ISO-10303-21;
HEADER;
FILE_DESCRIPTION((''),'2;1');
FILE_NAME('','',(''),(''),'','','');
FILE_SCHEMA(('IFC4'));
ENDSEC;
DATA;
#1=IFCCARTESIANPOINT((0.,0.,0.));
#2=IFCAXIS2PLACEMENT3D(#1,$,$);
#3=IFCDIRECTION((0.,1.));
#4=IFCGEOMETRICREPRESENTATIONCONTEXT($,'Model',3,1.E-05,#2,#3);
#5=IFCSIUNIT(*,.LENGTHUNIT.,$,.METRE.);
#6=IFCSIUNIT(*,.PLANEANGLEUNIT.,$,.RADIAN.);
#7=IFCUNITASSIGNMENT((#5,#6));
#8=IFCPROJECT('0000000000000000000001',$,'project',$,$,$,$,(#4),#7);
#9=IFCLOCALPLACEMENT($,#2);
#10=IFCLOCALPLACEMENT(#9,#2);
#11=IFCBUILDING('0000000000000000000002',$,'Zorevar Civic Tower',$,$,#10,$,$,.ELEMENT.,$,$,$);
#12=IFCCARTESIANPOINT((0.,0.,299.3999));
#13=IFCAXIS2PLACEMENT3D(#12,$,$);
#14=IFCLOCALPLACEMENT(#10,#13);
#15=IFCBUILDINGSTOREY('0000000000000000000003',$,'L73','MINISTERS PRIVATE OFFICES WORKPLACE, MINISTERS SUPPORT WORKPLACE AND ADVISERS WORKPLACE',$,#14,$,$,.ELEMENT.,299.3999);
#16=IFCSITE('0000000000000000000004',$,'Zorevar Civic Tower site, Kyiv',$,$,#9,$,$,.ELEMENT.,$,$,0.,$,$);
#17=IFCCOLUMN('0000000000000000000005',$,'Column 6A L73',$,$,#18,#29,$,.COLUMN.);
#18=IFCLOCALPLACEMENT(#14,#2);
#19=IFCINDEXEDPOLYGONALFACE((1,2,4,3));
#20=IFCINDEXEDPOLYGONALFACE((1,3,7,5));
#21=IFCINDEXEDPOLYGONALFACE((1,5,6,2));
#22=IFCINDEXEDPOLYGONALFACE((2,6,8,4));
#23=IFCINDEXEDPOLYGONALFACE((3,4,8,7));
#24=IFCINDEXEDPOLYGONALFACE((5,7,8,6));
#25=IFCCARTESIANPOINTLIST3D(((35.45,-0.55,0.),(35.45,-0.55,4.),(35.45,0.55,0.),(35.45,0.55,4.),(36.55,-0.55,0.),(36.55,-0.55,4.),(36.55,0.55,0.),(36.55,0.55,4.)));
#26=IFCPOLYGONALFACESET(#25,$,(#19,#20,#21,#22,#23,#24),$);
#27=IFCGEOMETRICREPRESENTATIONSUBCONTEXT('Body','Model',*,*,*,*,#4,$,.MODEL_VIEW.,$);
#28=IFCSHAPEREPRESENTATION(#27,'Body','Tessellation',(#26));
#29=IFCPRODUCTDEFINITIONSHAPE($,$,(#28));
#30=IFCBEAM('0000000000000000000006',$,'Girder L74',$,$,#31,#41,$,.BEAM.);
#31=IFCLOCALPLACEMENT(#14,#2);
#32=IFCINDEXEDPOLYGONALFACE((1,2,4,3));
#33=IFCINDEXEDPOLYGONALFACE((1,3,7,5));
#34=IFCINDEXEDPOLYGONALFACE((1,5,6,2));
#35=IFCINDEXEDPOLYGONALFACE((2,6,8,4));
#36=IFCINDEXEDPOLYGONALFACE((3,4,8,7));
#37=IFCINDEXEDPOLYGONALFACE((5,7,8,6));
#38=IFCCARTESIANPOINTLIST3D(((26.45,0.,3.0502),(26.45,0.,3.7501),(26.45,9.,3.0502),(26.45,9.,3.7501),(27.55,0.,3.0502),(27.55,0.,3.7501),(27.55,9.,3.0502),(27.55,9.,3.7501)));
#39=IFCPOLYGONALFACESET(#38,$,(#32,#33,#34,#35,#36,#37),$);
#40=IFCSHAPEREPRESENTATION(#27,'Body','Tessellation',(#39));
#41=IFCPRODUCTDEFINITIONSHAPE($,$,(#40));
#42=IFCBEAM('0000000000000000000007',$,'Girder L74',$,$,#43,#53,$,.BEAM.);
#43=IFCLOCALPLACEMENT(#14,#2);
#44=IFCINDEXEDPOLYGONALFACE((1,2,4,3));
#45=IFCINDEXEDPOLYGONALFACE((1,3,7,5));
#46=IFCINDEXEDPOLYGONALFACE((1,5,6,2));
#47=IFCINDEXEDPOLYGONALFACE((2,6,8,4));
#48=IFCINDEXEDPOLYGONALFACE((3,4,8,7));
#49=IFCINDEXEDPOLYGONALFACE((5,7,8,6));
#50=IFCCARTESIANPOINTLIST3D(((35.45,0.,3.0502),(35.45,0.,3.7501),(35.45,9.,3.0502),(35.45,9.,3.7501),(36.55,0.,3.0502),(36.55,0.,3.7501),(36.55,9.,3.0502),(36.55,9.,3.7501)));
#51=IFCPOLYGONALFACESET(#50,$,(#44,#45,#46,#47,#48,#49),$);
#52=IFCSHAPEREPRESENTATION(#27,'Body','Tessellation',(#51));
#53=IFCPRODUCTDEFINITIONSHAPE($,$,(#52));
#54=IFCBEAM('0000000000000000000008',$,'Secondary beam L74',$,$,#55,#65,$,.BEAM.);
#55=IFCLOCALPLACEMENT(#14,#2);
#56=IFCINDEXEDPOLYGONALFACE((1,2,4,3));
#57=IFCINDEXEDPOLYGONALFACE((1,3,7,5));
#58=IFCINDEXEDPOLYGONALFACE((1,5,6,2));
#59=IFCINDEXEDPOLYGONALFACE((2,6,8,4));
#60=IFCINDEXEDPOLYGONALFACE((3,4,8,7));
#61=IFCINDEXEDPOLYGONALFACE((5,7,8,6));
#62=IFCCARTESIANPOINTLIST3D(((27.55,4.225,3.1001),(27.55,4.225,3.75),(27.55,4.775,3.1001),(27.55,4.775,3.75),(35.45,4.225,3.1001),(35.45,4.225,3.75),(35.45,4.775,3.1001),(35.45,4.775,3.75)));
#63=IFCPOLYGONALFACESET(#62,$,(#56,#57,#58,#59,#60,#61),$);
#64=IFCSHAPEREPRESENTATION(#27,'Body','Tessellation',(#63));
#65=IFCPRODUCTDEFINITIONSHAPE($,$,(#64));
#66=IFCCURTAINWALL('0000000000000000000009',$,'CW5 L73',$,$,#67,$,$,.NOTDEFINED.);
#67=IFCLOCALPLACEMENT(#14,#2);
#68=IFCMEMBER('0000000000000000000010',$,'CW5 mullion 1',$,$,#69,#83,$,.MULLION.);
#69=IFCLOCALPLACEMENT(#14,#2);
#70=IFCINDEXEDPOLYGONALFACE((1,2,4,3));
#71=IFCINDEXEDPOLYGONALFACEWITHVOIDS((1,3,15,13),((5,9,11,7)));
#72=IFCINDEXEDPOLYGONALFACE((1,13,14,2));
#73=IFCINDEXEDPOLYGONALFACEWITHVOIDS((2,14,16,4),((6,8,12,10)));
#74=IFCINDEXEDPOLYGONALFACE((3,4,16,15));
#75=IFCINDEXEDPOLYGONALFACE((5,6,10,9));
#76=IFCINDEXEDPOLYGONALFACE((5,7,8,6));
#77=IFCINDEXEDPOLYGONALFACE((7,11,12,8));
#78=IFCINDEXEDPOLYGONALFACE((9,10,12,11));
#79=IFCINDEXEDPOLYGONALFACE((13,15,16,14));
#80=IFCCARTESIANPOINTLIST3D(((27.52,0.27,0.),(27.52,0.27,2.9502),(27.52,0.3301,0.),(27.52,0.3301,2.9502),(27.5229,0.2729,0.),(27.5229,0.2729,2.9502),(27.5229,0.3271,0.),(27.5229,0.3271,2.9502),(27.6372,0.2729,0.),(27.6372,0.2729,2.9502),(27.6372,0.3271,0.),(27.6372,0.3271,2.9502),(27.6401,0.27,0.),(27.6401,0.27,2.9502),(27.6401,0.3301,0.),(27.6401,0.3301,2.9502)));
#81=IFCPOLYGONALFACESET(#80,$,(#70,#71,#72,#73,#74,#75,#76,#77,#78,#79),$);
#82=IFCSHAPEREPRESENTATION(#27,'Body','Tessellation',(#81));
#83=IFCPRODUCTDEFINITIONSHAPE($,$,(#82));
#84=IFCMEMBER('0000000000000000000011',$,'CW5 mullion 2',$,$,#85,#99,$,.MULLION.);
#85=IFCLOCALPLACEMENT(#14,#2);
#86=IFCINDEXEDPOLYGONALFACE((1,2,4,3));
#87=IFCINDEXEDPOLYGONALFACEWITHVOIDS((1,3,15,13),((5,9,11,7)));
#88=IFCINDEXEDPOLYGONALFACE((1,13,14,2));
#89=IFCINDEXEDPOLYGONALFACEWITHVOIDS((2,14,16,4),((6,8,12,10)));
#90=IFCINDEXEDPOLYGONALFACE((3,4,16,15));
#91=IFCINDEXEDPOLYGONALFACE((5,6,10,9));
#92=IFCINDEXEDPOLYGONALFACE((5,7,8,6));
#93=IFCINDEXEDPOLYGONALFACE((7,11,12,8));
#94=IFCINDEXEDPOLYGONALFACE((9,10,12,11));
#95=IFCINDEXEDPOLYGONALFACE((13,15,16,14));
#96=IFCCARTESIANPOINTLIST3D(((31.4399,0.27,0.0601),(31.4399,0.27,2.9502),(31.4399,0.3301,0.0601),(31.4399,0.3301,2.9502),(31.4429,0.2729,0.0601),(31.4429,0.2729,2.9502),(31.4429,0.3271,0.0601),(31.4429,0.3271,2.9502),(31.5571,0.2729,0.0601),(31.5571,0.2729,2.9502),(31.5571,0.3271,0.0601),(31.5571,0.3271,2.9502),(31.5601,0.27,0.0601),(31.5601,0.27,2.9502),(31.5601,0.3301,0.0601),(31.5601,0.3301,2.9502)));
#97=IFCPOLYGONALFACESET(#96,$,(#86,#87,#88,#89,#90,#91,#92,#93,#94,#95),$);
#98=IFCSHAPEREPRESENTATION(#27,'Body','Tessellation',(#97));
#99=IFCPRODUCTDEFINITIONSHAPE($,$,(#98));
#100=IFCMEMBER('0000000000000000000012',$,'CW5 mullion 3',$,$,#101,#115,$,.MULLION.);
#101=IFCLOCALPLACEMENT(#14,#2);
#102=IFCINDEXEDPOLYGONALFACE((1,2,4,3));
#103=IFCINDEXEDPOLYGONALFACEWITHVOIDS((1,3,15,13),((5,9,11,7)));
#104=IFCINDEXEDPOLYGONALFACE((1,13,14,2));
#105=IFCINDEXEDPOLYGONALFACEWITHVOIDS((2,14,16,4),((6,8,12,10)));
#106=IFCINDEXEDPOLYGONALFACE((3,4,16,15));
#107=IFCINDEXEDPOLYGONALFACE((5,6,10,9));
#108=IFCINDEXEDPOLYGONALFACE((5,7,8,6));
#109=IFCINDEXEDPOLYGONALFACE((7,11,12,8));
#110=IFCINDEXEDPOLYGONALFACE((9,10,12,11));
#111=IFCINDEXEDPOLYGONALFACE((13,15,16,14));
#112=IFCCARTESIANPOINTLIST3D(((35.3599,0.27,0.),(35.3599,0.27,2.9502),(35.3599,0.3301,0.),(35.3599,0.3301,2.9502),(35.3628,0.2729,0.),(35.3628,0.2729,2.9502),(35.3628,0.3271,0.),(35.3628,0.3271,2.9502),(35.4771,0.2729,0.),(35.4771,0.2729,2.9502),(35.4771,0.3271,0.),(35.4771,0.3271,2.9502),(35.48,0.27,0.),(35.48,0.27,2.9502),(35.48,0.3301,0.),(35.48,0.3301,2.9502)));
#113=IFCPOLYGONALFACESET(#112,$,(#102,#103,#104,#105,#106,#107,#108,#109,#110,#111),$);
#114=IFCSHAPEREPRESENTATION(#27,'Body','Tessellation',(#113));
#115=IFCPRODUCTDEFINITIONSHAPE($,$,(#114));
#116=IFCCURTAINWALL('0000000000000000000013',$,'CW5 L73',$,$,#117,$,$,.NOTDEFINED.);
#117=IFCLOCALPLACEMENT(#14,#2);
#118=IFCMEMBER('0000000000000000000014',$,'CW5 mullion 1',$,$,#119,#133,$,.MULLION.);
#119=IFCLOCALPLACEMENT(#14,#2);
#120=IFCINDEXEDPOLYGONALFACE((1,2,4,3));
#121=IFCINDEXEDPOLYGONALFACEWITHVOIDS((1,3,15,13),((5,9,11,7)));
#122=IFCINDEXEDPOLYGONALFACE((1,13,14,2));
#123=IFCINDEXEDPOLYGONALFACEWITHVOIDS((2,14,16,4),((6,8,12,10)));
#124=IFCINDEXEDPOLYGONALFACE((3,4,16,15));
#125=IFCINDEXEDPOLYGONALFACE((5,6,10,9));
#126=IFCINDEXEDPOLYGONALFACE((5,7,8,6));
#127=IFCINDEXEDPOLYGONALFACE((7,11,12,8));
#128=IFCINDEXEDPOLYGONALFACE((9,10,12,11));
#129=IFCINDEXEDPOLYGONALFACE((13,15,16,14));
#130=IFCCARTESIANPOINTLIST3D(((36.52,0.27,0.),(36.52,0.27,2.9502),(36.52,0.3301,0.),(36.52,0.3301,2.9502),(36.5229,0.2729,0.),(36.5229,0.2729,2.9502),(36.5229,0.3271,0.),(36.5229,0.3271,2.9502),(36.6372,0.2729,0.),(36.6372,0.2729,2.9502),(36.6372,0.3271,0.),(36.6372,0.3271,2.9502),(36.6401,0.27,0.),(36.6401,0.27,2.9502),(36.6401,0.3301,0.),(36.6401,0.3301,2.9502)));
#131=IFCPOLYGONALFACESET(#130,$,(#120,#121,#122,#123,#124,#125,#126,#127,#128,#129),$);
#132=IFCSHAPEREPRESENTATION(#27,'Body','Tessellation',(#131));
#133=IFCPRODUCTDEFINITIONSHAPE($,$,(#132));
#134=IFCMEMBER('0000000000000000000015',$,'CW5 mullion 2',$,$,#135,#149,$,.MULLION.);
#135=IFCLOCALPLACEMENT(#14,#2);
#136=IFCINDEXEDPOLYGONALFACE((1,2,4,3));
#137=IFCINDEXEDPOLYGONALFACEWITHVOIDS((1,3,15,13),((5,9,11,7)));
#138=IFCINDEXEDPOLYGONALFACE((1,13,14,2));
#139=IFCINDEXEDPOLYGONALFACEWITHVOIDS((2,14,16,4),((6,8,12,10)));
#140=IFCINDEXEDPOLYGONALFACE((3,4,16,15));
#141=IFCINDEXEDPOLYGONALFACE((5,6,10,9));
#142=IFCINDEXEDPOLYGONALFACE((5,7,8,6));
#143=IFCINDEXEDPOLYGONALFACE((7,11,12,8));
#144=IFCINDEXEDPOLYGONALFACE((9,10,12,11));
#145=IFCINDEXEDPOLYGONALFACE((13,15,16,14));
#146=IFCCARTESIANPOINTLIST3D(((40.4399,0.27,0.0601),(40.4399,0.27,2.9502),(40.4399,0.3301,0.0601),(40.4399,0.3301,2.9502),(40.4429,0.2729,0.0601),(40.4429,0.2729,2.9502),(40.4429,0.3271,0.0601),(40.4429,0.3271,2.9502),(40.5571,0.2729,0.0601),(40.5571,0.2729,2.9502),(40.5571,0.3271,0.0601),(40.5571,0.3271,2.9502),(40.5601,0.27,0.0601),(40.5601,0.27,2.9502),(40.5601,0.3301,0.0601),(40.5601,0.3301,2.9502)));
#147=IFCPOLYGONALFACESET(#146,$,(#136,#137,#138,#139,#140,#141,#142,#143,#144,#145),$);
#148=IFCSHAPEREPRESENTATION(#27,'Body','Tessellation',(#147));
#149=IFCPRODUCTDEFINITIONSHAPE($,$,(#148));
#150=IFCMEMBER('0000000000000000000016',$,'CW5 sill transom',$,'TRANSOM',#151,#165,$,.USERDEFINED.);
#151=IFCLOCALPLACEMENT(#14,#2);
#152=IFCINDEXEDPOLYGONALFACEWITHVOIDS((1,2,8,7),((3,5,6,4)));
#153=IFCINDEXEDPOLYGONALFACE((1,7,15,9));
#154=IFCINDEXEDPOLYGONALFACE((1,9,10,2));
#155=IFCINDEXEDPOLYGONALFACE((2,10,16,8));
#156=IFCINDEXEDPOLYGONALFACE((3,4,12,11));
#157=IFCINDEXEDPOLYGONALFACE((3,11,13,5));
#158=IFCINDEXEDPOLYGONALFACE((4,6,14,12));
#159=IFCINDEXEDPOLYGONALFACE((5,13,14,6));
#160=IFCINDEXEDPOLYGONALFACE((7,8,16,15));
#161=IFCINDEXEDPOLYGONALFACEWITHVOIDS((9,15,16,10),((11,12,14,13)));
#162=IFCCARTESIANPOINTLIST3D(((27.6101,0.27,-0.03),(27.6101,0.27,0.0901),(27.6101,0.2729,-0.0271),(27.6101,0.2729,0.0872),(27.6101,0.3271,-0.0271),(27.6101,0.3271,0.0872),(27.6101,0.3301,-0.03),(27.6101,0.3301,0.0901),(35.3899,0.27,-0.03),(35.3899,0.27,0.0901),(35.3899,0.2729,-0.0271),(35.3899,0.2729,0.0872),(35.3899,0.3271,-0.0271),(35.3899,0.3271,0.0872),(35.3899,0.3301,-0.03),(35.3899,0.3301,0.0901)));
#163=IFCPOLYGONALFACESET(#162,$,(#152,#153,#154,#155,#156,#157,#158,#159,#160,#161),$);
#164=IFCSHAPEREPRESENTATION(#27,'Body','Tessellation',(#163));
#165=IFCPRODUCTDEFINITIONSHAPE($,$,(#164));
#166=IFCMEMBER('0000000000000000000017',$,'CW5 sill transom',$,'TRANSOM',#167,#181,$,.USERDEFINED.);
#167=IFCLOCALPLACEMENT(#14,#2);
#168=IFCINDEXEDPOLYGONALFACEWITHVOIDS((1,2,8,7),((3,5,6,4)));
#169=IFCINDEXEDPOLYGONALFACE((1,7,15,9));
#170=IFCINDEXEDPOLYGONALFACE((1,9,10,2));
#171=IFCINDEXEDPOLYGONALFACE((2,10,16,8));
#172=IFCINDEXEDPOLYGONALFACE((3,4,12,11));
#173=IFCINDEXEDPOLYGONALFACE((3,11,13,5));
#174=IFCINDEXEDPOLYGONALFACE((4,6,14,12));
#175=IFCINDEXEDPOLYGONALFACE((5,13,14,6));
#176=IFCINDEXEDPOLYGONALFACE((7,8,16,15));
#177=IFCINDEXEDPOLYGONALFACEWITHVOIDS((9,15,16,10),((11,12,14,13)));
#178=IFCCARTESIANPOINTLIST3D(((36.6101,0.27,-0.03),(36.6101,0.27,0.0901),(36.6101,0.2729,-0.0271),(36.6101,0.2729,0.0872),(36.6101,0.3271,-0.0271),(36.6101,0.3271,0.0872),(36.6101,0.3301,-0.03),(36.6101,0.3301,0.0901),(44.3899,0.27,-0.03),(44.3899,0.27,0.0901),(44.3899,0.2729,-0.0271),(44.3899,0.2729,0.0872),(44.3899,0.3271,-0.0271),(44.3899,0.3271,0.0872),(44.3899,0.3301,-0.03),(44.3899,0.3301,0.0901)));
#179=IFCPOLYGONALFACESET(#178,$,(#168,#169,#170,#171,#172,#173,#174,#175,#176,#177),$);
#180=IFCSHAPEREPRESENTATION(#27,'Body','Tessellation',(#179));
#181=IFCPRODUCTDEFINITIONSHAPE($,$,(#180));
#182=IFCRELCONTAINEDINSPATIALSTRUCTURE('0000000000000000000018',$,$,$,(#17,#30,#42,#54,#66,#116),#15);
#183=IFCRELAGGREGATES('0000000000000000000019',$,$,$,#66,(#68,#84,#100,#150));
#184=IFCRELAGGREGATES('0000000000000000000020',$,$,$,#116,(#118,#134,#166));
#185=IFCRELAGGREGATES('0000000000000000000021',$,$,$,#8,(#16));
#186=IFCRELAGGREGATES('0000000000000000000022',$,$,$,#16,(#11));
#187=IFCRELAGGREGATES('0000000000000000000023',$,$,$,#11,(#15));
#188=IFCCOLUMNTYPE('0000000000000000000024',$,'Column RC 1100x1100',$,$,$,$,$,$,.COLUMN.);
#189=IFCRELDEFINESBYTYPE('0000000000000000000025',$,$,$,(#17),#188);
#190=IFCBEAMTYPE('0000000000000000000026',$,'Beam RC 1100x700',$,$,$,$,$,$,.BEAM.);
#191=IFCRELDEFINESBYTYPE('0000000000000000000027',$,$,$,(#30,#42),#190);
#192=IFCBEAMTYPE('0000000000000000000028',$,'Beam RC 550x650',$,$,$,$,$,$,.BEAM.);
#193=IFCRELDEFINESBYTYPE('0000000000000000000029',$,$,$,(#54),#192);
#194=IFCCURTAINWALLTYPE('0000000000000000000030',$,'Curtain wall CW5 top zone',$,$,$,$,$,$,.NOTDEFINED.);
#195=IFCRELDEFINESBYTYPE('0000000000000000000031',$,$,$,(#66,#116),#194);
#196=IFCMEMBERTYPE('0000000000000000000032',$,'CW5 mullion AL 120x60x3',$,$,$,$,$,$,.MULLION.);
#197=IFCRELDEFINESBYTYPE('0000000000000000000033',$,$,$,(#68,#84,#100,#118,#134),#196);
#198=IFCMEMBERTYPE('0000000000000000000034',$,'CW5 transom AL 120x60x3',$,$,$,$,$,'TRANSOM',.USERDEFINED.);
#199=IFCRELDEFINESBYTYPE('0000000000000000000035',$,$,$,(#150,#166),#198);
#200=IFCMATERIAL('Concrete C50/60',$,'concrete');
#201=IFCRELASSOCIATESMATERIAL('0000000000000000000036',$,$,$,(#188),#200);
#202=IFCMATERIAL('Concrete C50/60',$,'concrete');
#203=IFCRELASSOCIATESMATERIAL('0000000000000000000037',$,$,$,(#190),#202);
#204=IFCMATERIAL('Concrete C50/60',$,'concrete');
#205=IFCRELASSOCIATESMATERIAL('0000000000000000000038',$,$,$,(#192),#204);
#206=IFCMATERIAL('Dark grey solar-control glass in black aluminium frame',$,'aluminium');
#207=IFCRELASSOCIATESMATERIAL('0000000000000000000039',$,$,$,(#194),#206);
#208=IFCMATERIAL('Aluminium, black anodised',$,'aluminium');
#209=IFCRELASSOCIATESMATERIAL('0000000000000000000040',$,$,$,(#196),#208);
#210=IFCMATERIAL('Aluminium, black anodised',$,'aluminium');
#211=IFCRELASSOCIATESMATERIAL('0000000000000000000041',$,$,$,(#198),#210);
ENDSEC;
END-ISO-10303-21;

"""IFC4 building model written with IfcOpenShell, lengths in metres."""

from ifc_helpers import new_model, si_unit, direction, frame, origin, origin_2d, place, context, subcontext, project, spatial, rectangle, hollow_rectangle, extrude, material, material_profile, profile_set, type_object, element, aggregate, save


model = new_model("IFC4")

# Units and contexts
model_context = context("Model", 3, precision=1e-05, world=origin(), true_north=direction((0.0, 1.0)))
body_context = subcontext(model_context, "Body", "Model", "MODEL_VIEW")
ifc_project = project(units=[si_unit("LENGTHUNIT", "METRE"), si_unit("PLANEANGLEUNIT", "RADIAN")], contexts=[model_context])

# Site, building, storey
site_placement = place(None, origin())
site = spatial("IfcSite", under=ifc_project, at=site_placement, Name="Zorevar Civic Tower site, Kyiv", CompositionType="ELEMENT", RefElevation=0.0)
building_placement = place(site_placement, origin())
building = spatial("IfcBuilding", under=site, at=building_placement, Name="Zorevar Civic Tower", CompositionType="ELEMENT")
storey_placement = place(building_placement, frame((0.0, 0.0, 299.3999)))
storey = spatial("IfcBuildingStorey", under=building, at=storey_placement, Name="L73", Description="MINISTERS PRIVATE OFFICES WORKPLACE, MINISTERS SUPPORT WORKPLACE AND ADVISERS WORKPLACE", CompositionType="ELEMENT", Elevation=299.3999)

# Column
ifc_material_1 = material(Name="Concrete C50/60", Category="concrete")
ifc_material_profile_1 = material_profile(ifc_material_1, rectangle(XDim=1.1001, YDim=1.1001, at=origin_2d()), Name="RC 1100x1100")
ifc_profile_set_1 = profile_set([ifc_material_profile_1], Name="Concrete C50/60")
column_type = type_object("IfcColumnType", Name="Column RC 1100x1100", PredefinedType="COLUMN", material=ifc_profile_set_1)
column_placement = place(storey_placement, frame((36.0, 0.0, 0.0), z_axis=(0.0, 0.0, 1.0), x_axis=(1.0, 0.0, 0.0)))
element("IfcColumn", 1, at=column_placement, inside=storey, type_object=column_type, Name="Column 6A L73", PredefinedType="COLUMN", context=body_context, shape_type="SweptSolid", body=[
    extrude(rectangle(XDim=1.1001, YDim=1.1001, at=origin_2d()), origin(), (0.0, 0.0, 1.0), 4.0),
])

# Beams
ifc_material_2 = material(Name="Concrete C50/60", Category="concrete")
ifc_material_profile_2 = material_profile(ifc_material_2, rectangle(XDim=1.1001, YDim=0.7, at=origin_2d()), Name="RC 1100x700")
ifc_profile_set_2 = profile_set([ifc_material_profile_2], Name="Concrete C50/60")
beam_type_1 = type_object("IfcBeamType", Name="Beam RC 1100x700", PredefinedType="BEAM", material=ifc_profile_set_2)
for number, where, z_axis, x_axis, name in (
    (2, (27.0, 0.0, 3.4001), (0.0, 1.0, 0.0), (-1.0, 0.0, 0.0), "Girder L74"),
    (3, (36.0, 0.0, 3.4001), (0.0, 1.0, 0.0), (-1.0, 0.0, 0.0), "Girder L74"),
):
    element("IfcBeam", number, at=place(storey_placement, frame(where, z_axis=z_axis, x_axis=x_axis)), inside=storey, type_object=beam_type_1, Name=name, PredefinedType="BEAM", context=body_context, shape_type="SweptSolid", body=[
        extrude(rectangle(XDim=1.1001, YDim=0.7, at=origin_2d()), origin(), (0.0, 0.0, 1.0), 9.0),
    ])
ifc_material_3 = material(Name="Concrete C50/60", Category="concrete")
ifc_material_profile_3 = material_profile(ifc_material_3, rectangle(XDim=0.55, YDim=0.6499, at=origin_2d()), Name="RC 550x650")
ifc_profile_set_3 = profile_set([ifc_material_profile_3], Name="Concrete C50/60")
beam_type_2 = type_object("IfcBeamType", Name="Beam RC 550x650", PredefinedType="BEAM", material=ifc_profile_set_3)
beam_1_placement = place(storey_placement, frame((27.55, 4.5, 3.425), z_axis=(1.0, 0.0, 0.0), x_axis=(0.0, 1.0, 0.0)))
element("IfcBeam", 4, at=beam_1_placement, inside=storey, type_object=beam_type_2, Name="Secondary beam L74", PredefinedType="BEAM", context=body_context, shape_type="SweptSolid", body=[
    extrude(rectangle(XDim=0.55, YDim=0.6499, at=origin_2d()), origin(), (0.0, 0.0, 1.0), 7.8999),
])

# Curtain walls, members
ifc_material_4 = material(Name="Dark grey solar-control glass in black aluminium frame", Category="aluminium")
curtain_wall_type = type_object("IfcCurtainWallType", Name="Curtain wall CW5 top zone", PredefinedType="NOTDEFINED", material=ifc_material_4)
curtain_wall_1_placement = place(storey_placement, origin())
curtain_wall_1 = element("IfcCurtainWall", 5, at=curtain_wall_1_placement, inside=storey, type_object=curtain_wall_type, Name="CW5 L73", PredefinedType="NOTDEFINED")
ifc_material_5 = material(Name="Aluminium, black anodised", Category="aluminium")
ifc_material_profile_4 = material_profile(ifc_material_5, hollow_rectangle(XDim=0.0601, YDim=0.1201, WallThickness=0.0029, at=origin_2d()), Name="AL 120x60x3")
ifc_profile_set_4 = profile_set([ifc_material_profile_4], Name="Aluminium, black anodised")
member_type_1 = type_object("IfcMemberType", Name="CW5 mullion AL 120x60x3", PredefinedType="MULLION", material=ifc_profile_set_4)
member_1_placement = place(storey_placement, frame((27.5801, 0.3, 0.0), z_axis=(0.0, 0.0, 1.0), x_axis=(0.0, 1.0, 0.0)))
member_1 = element("IfcMember", 6, at=member_1_placement, type_object=member_type_1, Name="CW5 mullion 1", PredefinedType="MULLION", context=body_context, shape_type="SweptSolid", body=[
    extrude(hollow_rectangle(XDim=0.0601, YDim=0.1201, WallThickness=0.0029, at=origin_2d()), origin(), (0.0, 0.0, 1.0), 2.9502),
])
member_2_placement = place(storey_placement, frame((31.5, 0.3, 0.0601), z_axis=(0.0, 0.0, 1.0), x_axis=(0.0, 1.0, 0.0)))
member_2 = element("IfcMember", 7, at=member_2_placement, type_object=member_type_1, Name="CW5 mullion 2", PredefinedType="MULLION", context=body_context, shape_type="SweptSolid", body=[
    extrude(hollow_rectangle(XDim=0.0601, YDim=0.1201, WallThickness=0.0029, at=origin_2d()), origin(), (0.0, 0.0, 1.0), 2.8901),
])
member_3_placement = place(storey_placement, frame((35.4199, 0.3, 0.0), z_axis=(0.0, 0.0, 1.0), x_axis=(0.0, 1.0, 0.0)))
member_3 = element("IfcMember", 8, at=member_3_placement, type_object=member_type_1, Name="CW5 mullion 3", PredefinedType="MULLION", context=body_context, shape_type="SweptSolid", body=[
    extrude(hollow_rectangle(XDim=0.0601, YDim=0.1201, WallThickness=0.0029, at=origin_2d()), origin(), (0.0, 0.0, 1.0), 2.9502),
])
curtain_wall_2_placement = place(storey_placement, origin())
curtain_wall_2 = element("IfcCurtainWall", 9, at=curtain_wall_2_placement, inside=storey, type_object=curtain_wall_type, Name="CW5 L73", PredefinedType="NOTDEFINED")
member_4_placement = place(storey_placement, frame((36.5801, 0.3, 0.0), z_axis=(0.0, 0.0, 1.0), x_axis=(0.0, 1.0, 0.0)))
member_4 = element("IfcMember", 10, at=member_4_placement, type_object=member_type_1, Name="CW5 mullion 1", PredefinedType="MULLION", context=body_context, shape_type="SweptSolid", body=[
    extrude(hollow_rectangle(XDim=0.0601, YDim=0.1201, WallThickness=0.0029, at=origin_2d()), origin(), (0.0, 0.0, 1.0), 2.9502),
])
member_5_placement = place(storey_placement, frame((40.5, 0.3, 0.0601), z_axis=(0.0, 0.0, 1.0), x_axis=(0.0, 1.0, 0.0)))
member_5 = element("IfcMember", 11, at=member_5_placement, type_object=member_type_1, Name="CW5 mullion 2", PredefinedType="MULLION", context=body_context, shape_type="SweptSolid", body=[
    extrude(hollow_rectangle(XDim=0.0601, YDim=0.1201, WallThickness=0.0029, at=origin_2d()), origin(), (0.0, 0.0, 1.0), 2.8901),
])

# Members
ifc_material_6 = material(Name="Aluminium, black anodised", Category="aluminium")
ifc_material_profile_5 = material_profile(ifc_material_6, hollow_rectangle(XDim=0.0601, YDim=0.1201, WallThickness=0.0029, at=origin_2d()), Name="AL 120x60x3")
ifc_profile_set_5 = profile_set([ifc_material_profile_5], Name="Aluminium, black anodised")
member_type_2 = type_object("IfcMemberType", Name="CW5 transom AL 120x60x3", ElementType="TRANSOM", PredefinedType="USERDEFINED", material=ifc_profile_set_5)
member_6_placement = place(storey_placement, frame((27.6101, 0.3, 0.03), z_axis=(1.0, 0.0, 0.0), x_axis=(0.0, 1.0, 0.0)))
member_6 = element("IfcMember", 12, at=member_6_placement, type_object=member_type_2, Name="CW5 sill transom", ObjectType="TRANSOM", PredefinedType="USERDEFINED", context=body_context, shape_type="SweptSolid", body=[
    extrude(hollow_rectangle(XDim=0.0601, YDim=0.1201, WallThickness=0.0029, at=origin_2d()), origin(), (0.0, 0.0, 1.0), 7.7798),
])
member_7_placement = place(storey_placement, frame((36.6101, 0.3, 0.03), z_axis=(1.0, 0.0, 0.0), x_axis=(0.0, 1.0, 0.0)))
member_7 = element("IfcMember", 13, at=member_7_placement, type_object=member_type_2, Name="CW5 sill transom", ObjectType="TRANSOM", PredefinedType="USERDEFINED", context=body_context, shape_type="SweptSolid", body=[
    extrude(hollow_rectangle(XDim=0.0601, YDim=0.1201, WallThickness=0.0029, at=origin_2d()), origin(), (0.0, 0.0, 1.0), 7.7798),
])

aggregate(curtain_wall_1, [member_1, member_2, member_3, member_6])
aggregate(curtain_wall_2, [member_4, member_5, member_7])

save(model, "model.ifc")
